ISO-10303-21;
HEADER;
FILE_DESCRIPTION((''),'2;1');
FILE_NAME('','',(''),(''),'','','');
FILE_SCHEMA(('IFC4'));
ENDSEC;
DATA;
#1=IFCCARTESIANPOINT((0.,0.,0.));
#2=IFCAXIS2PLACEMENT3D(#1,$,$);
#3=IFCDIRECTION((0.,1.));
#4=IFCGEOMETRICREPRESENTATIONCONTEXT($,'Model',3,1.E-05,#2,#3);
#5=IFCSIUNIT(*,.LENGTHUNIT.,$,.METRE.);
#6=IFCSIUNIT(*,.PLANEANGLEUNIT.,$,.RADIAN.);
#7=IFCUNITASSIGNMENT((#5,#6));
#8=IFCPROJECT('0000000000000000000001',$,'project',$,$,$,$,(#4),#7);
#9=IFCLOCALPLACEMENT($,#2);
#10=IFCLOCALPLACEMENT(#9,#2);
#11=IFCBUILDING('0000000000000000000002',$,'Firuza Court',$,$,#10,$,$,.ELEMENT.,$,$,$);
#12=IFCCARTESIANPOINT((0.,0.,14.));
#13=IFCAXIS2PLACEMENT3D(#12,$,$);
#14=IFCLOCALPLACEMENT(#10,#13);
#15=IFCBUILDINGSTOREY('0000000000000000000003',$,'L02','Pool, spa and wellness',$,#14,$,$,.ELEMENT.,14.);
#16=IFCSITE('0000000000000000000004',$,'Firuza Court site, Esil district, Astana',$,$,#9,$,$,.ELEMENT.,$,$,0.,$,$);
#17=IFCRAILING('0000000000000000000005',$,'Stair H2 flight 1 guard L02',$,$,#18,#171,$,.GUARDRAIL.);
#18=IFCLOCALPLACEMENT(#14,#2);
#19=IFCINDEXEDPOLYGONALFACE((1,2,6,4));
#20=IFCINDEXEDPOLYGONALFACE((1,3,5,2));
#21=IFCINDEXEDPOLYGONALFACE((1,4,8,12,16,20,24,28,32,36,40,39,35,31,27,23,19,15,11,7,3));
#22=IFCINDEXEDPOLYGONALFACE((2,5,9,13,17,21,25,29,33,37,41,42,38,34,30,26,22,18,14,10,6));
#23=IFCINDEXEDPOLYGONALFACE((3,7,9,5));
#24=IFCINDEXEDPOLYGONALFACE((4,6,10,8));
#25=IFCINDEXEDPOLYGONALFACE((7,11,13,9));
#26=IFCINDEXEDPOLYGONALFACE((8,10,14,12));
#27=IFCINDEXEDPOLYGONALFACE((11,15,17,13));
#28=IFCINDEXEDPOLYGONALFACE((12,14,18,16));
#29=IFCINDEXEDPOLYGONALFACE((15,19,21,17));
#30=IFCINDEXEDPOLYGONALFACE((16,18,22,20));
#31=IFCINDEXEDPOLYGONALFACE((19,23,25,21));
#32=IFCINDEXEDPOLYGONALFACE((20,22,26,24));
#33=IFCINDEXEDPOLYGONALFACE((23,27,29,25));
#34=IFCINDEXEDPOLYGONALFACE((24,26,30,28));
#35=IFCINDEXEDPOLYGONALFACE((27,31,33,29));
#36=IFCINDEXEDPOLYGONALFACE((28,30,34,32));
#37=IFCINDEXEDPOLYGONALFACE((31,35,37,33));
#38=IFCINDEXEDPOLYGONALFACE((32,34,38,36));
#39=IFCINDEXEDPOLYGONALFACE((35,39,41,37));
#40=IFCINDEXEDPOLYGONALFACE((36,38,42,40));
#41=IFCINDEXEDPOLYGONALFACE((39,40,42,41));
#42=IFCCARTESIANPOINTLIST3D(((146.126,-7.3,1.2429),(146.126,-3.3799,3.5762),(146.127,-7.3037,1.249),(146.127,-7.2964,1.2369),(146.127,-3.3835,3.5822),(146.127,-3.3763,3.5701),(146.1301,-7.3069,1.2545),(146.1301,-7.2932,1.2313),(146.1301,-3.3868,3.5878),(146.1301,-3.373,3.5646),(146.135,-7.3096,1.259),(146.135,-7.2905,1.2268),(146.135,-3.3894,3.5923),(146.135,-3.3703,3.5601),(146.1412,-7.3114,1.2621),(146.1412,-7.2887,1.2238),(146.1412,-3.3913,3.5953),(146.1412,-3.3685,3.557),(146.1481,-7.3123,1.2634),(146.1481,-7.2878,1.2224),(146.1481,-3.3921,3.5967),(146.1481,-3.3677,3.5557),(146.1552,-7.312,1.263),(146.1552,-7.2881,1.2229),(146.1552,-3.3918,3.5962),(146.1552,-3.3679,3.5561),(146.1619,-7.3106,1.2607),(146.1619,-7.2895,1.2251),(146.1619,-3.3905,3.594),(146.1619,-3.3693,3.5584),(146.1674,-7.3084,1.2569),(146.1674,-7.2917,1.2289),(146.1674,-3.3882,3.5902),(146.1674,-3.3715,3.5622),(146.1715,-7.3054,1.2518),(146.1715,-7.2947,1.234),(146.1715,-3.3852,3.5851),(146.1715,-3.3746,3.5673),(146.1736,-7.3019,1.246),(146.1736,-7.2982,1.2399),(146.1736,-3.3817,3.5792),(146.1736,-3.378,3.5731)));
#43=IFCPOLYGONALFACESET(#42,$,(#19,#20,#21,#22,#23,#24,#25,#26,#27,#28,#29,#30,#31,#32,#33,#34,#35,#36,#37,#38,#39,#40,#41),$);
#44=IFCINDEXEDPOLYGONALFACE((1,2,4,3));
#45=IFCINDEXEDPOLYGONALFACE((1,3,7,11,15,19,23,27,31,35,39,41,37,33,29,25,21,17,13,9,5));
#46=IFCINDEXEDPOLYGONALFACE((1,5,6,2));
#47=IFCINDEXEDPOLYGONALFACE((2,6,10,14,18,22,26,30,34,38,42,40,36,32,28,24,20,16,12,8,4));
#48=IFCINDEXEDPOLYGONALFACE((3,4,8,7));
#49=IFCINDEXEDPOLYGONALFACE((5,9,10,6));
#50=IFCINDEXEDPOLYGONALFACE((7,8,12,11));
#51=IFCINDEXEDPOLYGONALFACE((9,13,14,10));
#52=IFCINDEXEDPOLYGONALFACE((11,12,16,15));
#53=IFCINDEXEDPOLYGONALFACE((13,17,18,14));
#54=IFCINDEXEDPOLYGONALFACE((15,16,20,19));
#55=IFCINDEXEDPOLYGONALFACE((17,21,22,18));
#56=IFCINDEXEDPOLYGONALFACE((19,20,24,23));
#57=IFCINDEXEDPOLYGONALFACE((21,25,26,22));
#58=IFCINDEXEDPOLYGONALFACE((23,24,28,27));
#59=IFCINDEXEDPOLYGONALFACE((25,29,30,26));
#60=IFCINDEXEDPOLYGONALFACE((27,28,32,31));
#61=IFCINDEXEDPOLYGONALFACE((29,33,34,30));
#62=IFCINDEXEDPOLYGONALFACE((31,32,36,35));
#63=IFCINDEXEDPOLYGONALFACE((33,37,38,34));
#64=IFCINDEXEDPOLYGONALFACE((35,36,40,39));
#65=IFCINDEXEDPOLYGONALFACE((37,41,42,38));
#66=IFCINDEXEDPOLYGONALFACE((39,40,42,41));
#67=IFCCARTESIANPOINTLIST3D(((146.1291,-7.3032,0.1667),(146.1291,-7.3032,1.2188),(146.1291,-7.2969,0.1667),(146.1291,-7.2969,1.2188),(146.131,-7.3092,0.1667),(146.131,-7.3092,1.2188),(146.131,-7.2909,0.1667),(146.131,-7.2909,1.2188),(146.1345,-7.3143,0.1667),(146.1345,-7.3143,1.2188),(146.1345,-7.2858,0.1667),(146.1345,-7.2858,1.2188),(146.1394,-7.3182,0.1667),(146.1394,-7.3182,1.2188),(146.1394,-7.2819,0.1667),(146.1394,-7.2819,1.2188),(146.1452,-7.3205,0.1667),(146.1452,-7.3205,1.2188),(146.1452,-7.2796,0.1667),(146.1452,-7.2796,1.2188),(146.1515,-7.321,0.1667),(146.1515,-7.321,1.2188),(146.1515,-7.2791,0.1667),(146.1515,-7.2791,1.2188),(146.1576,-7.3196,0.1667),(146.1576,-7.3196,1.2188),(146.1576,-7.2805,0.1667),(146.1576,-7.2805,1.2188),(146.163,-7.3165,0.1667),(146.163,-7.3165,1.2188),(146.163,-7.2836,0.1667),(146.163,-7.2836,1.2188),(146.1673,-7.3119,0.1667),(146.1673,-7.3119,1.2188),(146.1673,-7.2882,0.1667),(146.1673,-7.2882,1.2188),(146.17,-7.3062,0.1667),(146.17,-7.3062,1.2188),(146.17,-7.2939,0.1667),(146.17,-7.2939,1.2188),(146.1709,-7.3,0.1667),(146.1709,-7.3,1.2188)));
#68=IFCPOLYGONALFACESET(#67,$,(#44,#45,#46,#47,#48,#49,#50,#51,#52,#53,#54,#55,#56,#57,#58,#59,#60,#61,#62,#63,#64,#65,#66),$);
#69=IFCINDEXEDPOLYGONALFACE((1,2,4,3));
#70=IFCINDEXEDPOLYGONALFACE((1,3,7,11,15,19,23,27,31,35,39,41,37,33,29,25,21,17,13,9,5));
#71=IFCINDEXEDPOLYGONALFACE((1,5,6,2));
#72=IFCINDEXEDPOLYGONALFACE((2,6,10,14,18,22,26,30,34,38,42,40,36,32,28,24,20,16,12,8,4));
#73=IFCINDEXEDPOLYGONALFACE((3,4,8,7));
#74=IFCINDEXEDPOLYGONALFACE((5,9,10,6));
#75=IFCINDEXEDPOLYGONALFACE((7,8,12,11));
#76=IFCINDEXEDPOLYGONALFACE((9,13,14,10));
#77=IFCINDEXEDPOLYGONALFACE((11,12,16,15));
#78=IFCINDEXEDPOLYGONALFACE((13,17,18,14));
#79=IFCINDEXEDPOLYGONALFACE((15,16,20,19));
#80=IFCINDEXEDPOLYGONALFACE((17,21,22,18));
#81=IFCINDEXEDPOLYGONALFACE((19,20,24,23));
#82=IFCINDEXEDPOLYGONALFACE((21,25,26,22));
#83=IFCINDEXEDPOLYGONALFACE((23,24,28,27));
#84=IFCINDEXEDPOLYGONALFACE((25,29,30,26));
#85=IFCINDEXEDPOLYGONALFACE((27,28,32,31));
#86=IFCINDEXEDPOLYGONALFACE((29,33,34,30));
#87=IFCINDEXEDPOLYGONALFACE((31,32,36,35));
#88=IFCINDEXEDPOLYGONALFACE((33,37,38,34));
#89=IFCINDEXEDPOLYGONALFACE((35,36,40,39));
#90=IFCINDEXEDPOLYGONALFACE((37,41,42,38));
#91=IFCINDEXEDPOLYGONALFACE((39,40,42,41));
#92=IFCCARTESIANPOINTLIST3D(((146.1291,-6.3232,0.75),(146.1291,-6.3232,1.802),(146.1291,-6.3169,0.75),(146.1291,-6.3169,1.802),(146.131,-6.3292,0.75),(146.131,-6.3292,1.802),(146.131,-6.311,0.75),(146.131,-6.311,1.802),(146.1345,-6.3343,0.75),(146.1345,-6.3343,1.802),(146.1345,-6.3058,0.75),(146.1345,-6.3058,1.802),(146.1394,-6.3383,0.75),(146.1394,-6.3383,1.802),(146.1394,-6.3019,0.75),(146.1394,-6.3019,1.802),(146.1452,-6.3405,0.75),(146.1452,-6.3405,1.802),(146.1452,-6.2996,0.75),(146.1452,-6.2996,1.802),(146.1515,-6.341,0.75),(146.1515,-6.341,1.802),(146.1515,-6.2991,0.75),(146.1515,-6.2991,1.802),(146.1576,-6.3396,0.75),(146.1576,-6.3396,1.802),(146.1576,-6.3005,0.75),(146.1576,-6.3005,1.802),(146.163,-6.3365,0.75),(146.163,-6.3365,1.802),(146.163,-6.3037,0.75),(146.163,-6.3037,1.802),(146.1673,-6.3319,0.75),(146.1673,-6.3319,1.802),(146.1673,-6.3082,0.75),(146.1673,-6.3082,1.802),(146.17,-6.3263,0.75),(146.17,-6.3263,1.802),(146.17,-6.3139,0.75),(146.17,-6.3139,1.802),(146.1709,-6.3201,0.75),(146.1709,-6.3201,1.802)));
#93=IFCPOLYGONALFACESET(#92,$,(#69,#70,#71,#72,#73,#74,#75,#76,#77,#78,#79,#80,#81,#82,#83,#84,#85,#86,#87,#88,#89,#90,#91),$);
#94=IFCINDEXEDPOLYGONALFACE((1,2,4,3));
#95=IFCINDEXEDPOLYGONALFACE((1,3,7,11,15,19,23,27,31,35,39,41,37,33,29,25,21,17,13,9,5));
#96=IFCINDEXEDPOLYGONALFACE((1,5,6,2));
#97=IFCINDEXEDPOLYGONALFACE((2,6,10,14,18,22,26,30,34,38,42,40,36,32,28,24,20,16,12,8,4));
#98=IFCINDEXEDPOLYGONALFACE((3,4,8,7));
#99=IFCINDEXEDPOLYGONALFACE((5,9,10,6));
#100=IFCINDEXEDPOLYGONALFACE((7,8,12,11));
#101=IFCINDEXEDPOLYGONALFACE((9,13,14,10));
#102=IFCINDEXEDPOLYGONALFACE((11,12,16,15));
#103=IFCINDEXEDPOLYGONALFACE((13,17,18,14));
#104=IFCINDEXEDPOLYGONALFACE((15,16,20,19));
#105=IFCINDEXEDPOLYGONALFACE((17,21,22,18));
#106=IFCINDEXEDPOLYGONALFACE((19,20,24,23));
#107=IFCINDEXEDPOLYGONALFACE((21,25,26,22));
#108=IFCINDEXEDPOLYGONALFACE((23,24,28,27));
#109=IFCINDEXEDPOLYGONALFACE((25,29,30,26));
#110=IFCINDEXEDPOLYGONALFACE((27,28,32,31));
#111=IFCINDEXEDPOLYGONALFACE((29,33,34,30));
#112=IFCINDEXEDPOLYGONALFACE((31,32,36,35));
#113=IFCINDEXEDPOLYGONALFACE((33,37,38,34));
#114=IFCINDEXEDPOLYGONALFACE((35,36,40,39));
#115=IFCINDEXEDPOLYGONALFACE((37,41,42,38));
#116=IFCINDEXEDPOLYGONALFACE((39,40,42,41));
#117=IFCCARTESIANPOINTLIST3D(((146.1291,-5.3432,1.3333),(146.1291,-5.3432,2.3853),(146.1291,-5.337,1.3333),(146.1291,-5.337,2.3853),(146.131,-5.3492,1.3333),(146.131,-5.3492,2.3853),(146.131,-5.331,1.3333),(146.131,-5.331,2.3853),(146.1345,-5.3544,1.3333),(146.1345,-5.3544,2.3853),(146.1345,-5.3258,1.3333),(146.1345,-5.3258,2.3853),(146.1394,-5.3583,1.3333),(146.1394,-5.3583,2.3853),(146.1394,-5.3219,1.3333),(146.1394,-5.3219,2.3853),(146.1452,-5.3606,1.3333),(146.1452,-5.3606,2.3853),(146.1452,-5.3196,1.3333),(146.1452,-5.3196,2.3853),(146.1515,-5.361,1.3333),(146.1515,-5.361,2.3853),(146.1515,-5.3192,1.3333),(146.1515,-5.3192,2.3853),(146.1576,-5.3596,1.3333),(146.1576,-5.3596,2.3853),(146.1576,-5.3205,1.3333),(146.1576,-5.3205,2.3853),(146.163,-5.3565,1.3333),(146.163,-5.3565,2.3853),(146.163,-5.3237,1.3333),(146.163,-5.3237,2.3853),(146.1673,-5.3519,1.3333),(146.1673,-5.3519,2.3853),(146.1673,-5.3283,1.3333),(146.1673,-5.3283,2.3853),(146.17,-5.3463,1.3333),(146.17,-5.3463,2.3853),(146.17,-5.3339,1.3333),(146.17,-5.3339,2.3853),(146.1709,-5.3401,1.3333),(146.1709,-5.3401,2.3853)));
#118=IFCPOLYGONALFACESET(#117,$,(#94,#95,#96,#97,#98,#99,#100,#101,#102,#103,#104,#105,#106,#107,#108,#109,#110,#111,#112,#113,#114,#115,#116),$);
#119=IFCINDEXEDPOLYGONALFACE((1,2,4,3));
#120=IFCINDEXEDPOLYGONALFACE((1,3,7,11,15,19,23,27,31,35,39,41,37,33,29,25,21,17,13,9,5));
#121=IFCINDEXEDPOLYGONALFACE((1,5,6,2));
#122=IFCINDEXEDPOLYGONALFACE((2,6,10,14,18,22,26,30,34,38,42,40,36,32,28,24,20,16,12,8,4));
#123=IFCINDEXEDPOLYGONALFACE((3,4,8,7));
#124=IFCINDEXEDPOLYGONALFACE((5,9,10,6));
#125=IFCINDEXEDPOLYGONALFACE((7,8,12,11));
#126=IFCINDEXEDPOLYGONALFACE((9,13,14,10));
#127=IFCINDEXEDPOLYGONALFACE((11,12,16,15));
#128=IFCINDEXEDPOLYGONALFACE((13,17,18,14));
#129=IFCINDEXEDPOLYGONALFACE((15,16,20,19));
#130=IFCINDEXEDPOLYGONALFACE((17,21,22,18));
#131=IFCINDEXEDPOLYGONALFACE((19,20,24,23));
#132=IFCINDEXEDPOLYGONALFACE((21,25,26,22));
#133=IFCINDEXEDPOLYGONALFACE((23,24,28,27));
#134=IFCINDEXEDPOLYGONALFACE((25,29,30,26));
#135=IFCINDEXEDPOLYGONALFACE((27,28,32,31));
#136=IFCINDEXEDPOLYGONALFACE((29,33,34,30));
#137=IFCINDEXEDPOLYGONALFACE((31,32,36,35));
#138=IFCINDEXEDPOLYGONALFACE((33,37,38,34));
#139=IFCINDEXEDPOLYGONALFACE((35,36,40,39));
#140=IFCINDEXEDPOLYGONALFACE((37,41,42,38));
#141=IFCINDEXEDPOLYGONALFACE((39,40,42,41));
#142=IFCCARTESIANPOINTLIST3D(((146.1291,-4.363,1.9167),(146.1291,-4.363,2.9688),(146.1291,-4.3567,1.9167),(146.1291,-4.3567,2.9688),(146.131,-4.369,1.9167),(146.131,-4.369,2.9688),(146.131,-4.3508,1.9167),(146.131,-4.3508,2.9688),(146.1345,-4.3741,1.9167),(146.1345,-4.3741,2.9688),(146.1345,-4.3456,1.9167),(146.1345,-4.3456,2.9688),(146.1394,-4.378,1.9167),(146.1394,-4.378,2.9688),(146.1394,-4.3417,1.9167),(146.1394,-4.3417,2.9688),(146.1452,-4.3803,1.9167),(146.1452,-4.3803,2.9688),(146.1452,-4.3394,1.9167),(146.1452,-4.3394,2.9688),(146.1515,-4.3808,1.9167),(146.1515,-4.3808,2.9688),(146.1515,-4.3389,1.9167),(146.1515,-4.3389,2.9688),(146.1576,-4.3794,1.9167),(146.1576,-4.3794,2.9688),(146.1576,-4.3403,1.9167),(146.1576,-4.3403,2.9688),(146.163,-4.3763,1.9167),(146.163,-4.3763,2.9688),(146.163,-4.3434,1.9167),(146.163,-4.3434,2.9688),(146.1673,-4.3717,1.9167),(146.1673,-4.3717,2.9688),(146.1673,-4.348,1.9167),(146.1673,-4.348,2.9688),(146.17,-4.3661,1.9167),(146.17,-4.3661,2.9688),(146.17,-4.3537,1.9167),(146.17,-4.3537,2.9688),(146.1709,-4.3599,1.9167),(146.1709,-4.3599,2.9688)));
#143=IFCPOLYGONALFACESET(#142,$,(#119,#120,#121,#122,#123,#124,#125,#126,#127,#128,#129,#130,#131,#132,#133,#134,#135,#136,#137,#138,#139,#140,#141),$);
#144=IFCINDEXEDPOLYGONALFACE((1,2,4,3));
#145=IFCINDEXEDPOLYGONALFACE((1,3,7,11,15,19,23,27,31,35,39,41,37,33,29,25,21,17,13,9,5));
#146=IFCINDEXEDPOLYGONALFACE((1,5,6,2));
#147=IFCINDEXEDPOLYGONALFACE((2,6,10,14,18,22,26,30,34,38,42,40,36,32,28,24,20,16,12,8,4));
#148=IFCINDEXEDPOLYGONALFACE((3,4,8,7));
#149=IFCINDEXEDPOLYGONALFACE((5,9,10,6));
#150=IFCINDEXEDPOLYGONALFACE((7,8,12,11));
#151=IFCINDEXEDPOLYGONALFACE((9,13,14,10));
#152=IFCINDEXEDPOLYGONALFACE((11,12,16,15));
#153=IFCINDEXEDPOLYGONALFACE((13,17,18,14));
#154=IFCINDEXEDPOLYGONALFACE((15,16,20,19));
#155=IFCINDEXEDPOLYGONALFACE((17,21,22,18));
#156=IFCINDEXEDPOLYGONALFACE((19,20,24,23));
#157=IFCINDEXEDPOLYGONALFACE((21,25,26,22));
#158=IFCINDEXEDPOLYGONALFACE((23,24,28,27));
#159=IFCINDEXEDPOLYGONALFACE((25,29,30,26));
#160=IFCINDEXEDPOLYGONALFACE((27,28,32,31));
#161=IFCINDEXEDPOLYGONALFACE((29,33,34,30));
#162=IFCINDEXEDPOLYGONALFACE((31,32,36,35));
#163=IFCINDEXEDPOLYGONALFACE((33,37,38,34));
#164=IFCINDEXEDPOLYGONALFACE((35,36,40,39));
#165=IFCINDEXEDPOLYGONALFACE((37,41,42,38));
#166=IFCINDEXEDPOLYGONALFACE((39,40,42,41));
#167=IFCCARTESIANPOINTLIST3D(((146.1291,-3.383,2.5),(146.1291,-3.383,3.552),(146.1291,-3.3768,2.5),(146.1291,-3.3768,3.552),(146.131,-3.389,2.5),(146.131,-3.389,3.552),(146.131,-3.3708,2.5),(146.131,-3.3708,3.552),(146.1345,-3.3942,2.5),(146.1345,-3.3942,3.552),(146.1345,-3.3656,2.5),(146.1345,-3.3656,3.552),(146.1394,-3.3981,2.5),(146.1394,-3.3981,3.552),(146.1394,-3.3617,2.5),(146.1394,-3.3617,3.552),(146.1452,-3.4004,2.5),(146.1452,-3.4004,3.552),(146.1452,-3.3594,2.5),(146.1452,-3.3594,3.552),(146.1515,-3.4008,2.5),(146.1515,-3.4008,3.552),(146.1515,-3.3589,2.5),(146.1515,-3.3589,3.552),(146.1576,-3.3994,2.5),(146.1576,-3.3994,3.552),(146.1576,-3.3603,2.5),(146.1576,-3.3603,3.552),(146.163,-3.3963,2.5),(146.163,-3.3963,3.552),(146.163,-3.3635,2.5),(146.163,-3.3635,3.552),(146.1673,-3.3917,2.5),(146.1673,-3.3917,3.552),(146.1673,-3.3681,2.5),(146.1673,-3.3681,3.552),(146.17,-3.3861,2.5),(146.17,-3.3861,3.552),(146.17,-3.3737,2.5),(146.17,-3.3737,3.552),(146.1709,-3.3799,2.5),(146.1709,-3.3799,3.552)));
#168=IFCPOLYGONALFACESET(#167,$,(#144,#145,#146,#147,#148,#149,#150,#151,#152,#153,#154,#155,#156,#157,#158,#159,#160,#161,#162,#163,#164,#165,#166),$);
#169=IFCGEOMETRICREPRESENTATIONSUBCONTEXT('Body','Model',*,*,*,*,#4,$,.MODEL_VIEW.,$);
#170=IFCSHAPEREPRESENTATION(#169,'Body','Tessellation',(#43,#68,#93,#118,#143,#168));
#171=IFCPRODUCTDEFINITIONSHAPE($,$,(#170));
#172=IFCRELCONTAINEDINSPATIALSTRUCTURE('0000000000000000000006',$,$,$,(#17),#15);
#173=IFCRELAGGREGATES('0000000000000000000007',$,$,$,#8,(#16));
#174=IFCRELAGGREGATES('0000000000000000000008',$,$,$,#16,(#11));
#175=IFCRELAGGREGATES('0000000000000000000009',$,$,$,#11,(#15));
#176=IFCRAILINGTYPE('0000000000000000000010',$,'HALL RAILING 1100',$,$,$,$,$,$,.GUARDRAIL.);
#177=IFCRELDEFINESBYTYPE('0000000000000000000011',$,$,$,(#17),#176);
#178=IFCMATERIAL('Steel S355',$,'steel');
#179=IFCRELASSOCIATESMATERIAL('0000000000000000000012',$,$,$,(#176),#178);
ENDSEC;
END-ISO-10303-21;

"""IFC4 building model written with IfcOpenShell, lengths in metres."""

from ifc_helpers import new_model, si_unit, direction, frame, origin, origin_2d, place, context, subcontext, project, spatial, circle, extrude, material, type_object, element, save


model = new_model("IFC4")

# Units and contexts
model_context = context("Model", 3, precision=1e-05, world=origin(), true_north=direction((0.0, 1.0)))
body_context = subcontext(model_context, "Body", "Model", "MODEL_VIEW")
ifc_project = project(units=[si_unit("LENGTHUNIT", "METRE"), si_unit("PLANEANGLEUNIT", "RADIAN")], contexts=[model_context])

# Site, building, storey
site_placement = place(None, origin())
site = spatial("IfcSite", under=ifc_project, at=site_placement, Name="Firuza Court site, Esil district, Astana", CompositionType="ELEMENT", RefElevation=0.0)
building_placement = place(site_placement, origin())
building = spatial("IfcBuilding", under=site, at=building_placement, Name="Firuza Court", CompositionType="ELEMENT")
storey_placement = place(building_placement, frame((0.0, 0.0, 14.0)))
storey = spatial("IfcBuildingStorey", under=building, at=storey_placement, Name="L02", Description="Pool, spa and wellness", CompositionType="ELEMENT", Elevation=14.0)

# Railing
ifc_material_1 = material(Name="Steel S355", Category="steel")
railing_type_1 = type_object("IfcRailingType", Name="HALL RAILING 1100", PredefinedType="GUARDRAIL", material=ifc_material_1)
railing_1_placement = place(storey_placement, frame((146.1499, -7.3, 0.1667)))
element("IfcRailing", 1, at=railing_1_placement, inside=storey, type_object=railing_type_1, Name="Stair H2 flight 1 guard L02", PredefinedType="GUARDRAIL", context=body_context, shape_type="SweptSolid", body=[
    extrude(circle(Radius=0.0239, at=origin_2d()), frame((0.0, 0.0, 1.0762), z_axis=(0.0, 0.85931, 0.511455), x_axis=(-1.0, 0.0, 0.0)), (0.0, 0.0, 1.0), 4.562),
    extrude(circle(Radius=0.021, at=origin_2d()), origin(), (0.0, 0.0, 1.0), 1.052),
    extrude(circle(Radius=0.021, at=origin_2d()), frame((0.0, 0.98, 0.5833)), (0.0, 0.0, 1.0), 1.052),
    extrude(circle(Radius=0.021, at=origin_2d()), frame((0.0, 1.96, 1.1665)), (0.0, 0.0, 1.0), 1.052),
    extrude(circle(Radius=0.021, at=origin_2d()), frame((0.0, 2.9402, 1.75)), (0.0, 0.0, 1.0), 1.052),
    extrude(circle(Radius=0.021, at=origin_2d()), frame((0.0, 3.9202, 2.3333)), (0.0, 0.0, 1.0), 1.052),
])

save(model, "model.ifc")
